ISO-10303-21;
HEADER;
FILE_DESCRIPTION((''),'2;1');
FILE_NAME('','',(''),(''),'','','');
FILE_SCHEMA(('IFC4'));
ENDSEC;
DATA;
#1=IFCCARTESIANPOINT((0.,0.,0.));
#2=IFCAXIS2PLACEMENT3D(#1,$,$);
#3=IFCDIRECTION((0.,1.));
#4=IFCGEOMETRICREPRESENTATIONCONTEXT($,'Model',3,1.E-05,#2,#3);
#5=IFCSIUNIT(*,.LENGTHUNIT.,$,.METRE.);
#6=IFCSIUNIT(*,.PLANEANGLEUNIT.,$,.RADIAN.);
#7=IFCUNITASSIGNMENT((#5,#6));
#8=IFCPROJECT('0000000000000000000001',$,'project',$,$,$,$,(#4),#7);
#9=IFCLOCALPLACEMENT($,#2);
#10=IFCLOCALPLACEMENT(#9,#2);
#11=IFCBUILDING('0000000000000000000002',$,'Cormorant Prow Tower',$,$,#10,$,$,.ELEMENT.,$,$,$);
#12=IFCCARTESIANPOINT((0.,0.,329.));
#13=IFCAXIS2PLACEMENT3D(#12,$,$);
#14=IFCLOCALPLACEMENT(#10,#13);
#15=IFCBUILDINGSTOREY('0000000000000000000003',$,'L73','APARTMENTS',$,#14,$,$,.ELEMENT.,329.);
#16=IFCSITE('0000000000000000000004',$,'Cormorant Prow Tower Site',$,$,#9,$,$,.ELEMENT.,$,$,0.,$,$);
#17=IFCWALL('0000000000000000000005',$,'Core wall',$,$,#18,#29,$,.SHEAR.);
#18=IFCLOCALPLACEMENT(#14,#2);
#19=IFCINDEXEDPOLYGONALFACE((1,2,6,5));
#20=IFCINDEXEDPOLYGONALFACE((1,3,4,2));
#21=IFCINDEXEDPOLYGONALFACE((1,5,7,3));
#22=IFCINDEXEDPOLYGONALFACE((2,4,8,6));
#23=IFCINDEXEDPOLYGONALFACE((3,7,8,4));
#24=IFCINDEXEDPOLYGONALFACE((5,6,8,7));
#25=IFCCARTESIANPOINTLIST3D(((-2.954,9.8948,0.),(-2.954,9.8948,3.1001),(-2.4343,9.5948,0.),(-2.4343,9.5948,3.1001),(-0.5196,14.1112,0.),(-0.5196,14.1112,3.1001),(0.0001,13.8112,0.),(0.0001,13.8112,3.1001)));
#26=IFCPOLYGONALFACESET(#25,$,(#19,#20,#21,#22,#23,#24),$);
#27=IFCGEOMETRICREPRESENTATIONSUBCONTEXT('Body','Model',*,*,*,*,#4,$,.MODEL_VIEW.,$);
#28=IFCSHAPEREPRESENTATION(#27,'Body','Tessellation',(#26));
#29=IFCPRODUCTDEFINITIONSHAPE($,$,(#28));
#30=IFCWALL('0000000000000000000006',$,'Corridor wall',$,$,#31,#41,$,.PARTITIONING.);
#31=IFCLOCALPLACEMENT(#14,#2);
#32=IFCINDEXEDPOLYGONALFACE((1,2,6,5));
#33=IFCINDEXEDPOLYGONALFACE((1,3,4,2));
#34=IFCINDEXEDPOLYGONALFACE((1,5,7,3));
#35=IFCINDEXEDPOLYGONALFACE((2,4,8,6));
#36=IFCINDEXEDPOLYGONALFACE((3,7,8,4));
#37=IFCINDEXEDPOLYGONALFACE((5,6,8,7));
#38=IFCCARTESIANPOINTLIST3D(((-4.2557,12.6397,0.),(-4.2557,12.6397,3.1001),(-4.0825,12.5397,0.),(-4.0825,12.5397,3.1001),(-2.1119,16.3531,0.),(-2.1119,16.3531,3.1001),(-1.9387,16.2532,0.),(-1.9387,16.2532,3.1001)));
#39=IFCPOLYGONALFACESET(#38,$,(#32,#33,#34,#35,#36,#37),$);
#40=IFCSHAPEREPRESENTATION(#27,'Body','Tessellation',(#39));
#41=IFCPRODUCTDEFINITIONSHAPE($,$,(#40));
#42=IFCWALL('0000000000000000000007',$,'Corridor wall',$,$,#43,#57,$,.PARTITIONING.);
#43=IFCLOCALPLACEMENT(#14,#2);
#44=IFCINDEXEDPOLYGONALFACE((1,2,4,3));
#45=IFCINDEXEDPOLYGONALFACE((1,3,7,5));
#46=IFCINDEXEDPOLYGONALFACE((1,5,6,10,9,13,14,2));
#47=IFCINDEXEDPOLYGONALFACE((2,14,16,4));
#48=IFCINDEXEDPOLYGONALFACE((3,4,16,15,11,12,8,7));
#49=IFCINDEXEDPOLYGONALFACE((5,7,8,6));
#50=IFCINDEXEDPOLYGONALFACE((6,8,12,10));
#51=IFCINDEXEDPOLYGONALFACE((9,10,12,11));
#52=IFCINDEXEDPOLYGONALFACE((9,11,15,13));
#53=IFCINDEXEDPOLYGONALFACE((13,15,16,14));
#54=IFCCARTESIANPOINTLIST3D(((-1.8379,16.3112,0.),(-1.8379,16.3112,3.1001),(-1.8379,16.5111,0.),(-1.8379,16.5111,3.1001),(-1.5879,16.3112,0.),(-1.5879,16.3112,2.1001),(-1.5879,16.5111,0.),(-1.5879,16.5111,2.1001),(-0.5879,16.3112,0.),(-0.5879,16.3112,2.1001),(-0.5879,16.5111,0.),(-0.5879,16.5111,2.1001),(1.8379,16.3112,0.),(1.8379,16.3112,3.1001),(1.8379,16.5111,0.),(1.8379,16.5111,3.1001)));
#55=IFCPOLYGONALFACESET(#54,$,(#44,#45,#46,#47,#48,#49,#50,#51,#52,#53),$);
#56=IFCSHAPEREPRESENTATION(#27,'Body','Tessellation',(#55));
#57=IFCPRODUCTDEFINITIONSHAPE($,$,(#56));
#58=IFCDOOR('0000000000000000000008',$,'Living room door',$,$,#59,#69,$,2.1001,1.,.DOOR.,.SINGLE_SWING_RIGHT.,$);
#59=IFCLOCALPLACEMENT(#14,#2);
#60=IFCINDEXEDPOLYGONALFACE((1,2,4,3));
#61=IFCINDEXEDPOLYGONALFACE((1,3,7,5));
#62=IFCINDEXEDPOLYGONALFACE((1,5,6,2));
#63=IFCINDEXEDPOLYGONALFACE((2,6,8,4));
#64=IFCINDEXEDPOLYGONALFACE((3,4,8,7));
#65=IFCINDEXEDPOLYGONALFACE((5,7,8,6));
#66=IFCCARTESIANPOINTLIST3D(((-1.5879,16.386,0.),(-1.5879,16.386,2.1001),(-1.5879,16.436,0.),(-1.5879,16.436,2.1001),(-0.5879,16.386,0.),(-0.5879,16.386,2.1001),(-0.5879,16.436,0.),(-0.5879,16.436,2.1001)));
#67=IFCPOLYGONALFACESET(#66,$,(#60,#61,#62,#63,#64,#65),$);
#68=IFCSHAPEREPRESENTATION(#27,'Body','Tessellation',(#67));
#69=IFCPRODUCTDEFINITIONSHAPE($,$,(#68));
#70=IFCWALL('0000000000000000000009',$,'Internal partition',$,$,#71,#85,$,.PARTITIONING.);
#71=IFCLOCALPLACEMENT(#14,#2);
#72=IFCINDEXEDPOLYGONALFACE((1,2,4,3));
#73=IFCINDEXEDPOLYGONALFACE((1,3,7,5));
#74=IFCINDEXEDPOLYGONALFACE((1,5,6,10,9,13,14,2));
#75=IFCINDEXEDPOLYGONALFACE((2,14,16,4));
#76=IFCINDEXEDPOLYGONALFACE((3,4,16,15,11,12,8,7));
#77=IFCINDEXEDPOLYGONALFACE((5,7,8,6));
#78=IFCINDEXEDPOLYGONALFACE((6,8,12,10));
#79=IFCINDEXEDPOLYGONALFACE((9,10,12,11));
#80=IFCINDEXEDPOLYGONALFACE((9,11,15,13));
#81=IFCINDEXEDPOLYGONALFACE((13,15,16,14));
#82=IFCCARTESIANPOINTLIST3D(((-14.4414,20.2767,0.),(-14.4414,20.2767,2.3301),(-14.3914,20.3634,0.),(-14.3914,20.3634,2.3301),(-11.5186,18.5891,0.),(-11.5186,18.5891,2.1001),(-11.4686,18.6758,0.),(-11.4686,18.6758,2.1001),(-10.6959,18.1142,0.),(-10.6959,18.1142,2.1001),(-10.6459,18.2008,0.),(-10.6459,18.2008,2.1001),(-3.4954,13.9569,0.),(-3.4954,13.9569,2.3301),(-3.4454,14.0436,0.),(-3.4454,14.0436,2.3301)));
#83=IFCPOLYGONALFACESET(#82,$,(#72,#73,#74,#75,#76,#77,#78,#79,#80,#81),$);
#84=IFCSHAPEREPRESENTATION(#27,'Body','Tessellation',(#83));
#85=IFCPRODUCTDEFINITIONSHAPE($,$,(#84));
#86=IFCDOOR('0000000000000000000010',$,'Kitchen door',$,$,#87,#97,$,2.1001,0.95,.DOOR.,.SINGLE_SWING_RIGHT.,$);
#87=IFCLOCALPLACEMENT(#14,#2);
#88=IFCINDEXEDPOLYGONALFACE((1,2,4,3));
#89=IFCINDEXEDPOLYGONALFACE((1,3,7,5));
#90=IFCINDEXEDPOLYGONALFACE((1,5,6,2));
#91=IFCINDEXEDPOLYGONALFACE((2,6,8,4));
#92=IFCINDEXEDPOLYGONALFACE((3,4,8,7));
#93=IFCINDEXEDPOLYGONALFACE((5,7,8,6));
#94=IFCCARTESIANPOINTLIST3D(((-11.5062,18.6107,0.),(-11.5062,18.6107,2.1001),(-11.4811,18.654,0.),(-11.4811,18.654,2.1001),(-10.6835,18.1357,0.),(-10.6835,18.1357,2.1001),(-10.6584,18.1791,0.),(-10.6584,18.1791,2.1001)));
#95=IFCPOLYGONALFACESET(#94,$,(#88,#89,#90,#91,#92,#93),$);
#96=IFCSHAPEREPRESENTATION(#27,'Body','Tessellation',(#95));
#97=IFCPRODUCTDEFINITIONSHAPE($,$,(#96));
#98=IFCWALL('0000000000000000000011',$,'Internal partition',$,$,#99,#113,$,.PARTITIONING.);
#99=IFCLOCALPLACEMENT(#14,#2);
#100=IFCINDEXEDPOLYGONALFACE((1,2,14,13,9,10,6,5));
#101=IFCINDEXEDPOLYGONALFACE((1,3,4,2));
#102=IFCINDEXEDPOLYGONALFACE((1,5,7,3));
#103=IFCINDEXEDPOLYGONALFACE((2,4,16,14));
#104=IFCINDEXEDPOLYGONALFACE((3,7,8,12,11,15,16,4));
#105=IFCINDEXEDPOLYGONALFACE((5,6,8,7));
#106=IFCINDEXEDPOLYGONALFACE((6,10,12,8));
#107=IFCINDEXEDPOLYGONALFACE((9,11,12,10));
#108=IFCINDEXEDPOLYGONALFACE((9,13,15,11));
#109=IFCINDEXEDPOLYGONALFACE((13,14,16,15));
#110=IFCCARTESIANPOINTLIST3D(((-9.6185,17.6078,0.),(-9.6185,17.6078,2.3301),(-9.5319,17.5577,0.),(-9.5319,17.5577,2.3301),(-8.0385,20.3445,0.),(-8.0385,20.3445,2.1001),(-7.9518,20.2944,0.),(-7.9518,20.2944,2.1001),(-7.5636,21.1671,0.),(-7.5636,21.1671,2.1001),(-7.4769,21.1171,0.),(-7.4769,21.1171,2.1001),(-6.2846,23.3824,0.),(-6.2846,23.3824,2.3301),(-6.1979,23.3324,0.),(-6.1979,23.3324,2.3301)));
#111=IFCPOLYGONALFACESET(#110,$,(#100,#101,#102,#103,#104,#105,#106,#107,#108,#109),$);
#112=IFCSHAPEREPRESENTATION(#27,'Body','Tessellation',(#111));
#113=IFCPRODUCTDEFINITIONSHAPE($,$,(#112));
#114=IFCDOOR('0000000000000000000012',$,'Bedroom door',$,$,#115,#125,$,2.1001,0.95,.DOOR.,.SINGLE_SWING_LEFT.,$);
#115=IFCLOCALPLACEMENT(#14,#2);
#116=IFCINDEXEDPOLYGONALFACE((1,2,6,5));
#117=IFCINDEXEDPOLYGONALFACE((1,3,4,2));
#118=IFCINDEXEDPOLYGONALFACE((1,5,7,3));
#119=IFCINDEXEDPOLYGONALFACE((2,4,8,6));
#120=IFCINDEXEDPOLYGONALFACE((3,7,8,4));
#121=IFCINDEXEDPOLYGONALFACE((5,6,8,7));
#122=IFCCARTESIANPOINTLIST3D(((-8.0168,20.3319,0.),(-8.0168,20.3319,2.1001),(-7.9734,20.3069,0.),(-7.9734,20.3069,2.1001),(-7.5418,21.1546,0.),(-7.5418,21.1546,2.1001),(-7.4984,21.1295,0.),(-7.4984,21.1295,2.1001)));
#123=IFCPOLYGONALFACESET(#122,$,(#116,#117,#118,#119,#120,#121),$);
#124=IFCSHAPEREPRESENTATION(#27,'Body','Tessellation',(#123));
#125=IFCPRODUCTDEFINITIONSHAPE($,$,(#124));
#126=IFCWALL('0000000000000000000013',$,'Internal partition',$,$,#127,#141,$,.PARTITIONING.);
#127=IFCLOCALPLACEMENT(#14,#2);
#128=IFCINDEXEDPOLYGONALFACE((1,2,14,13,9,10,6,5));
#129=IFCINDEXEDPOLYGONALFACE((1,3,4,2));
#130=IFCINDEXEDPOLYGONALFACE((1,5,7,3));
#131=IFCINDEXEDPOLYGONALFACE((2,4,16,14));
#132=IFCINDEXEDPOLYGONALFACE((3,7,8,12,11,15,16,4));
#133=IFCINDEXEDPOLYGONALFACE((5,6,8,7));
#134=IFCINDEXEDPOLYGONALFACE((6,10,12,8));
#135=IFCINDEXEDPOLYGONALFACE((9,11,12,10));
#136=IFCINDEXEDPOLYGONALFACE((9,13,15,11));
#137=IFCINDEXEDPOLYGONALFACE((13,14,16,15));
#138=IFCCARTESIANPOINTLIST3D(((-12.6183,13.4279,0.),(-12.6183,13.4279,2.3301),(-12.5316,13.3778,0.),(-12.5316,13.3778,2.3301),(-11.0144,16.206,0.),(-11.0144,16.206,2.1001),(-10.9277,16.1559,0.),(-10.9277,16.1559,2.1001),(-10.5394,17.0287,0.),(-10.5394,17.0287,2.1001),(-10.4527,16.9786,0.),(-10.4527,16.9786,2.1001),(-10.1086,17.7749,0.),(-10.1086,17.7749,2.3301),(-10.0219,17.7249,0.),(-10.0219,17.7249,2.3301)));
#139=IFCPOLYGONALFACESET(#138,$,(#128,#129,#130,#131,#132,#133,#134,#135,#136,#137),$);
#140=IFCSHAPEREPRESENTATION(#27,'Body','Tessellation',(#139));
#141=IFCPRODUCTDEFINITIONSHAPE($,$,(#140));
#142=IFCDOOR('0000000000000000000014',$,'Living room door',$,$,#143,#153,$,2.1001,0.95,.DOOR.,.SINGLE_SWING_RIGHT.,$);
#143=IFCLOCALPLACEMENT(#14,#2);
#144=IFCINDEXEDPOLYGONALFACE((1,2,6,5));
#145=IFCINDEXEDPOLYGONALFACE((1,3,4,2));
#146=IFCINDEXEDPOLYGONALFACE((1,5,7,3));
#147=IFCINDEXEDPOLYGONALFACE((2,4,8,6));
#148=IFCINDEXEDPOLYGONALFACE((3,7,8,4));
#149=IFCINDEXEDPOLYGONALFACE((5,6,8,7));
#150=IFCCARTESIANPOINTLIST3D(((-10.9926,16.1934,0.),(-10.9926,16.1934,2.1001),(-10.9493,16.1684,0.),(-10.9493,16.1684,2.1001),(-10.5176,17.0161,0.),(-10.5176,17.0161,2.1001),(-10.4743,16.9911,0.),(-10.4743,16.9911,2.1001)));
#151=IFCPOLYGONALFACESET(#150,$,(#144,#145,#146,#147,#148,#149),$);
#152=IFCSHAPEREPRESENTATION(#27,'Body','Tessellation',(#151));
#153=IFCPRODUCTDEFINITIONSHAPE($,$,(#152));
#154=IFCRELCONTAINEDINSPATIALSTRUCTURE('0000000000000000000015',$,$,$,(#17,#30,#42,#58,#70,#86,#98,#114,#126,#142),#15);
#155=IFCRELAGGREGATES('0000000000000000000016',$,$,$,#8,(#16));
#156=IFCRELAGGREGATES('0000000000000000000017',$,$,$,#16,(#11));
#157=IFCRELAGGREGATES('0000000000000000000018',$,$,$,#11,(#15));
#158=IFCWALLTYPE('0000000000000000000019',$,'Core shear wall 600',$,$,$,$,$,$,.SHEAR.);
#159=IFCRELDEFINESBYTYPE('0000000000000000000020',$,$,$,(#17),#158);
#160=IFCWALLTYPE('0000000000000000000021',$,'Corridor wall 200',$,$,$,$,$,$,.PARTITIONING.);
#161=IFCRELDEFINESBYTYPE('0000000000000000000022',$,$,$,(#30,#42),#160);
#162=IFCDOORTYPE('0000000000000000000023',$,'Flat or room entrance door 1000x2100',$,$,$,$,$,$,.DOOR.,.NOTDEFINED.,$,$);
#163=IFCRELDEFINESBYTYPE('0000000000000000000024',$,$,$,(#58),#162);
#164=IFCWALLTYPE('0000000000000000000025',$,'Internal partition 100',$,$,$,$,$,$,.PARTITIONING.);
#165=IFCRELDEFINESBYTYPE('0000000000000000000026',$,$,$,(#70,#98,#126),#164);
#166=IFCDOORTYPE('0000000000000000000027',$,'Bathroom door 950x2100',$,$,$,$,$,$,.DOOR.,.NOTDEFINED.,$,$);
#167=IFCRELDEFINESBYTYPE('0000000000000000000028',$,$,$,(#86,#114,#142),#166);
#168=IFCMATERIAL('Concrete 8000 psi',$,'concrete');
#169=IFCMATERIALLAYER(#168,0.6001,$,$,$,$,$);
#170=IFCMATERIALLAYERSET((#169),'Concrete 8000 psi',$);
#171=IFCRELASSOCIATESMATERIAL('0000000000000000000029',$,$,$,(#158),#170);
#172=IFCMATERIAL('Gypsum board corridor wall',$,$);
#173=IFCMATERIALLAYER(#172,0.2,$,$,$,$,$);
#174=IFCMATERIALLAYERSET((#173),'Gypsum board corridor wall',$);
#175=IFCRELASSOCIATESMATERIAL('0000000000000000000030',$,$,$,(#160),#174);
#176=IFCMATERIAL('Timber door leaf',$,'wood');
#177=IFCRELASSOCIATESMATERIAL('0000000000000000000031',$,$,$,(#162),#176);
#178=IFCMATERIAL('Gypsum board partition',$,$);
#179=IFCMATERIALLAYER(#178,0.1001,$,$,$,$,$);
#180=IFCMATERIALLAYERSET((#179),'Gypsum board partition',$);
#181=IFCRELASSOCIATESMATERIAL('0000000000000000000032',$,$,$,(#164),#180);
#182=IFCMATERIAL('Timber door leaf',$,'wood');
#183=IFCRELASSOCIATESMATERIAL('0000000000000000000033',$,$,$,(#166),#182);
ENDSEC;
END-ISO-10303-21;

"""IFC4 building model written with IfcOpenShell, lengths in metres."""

from ifc_helpers import new_model, si_unit, direction, frame, frame_2d, origin, place, context, subcontext, project, spatial, rectangle, extrude, material, layer, layer_set, type_object, element, fill, save


model = new_model("IFC4")

# Units and contexts
model_context = context("Model", 3, precision=1e-05, world=origin(), true_north=direction((0.0, 1.0)))
body_context = subcontext(model_context, "Body", "Model", "MODEL_VIEW")
ifc_project = project(units=[si_unit("LENGTHUNIT", "METRE"), si_unit("PLANEANGLEUNIT", "RADIAN")], contexts=[model_context])

# Site, building, storey
site_placement = place(None, origin())
site = spatial("IfcSite", under=ifc_project, at=site_placement, Name="Cormorant Prow Tower Site", CompositionType="ELEMENT", RefElevation=0.0)
building_placement = place(site_placement, origin())
building = spatial("IfcBuilding", under=site, at=building_placement, Name="Cormorant Prow Tower", CompositionType="ELEMENT")
storey_placement = place(building_placement, frame((0.0, 0.0, 329.0)))
storey = spatial("IfcBuildingStorey", under=building, at=storey_placement, Name="L73", Description="APARTMENTS", CompositionType="ELEMENT", Elevation=329.0)

# Walls
ifc_material_1 = material(Name="Concrete 8000 psi", Category="concrete")
ifc_layer_1 = layer(ifc_material_1, 0.6001)
ifc_layer_set_1 = layer_set([ifc_layer_1], Name="Concrete 8000 psi")
wall_type_1 = type_object("IfcWallType", Name="Core shear wall 600", PredefinedType="SHEAR", material=ifc_layer_set_1)
wall_1_placement = place(storey_placement, frame((-0.2598, 13.9612, 0.0), z_axis=(0.0, 0.0, 1.0), x_axis=(-0.500006, -0.866022, 0.0)))
element("IfcWall", 1, at=wall_1_placement, inside=storey, type_object=wall_type_1, Name="Core wall", PredefinedType="SHEAR", context=body_context, shape_type="SweptSolid", body=[
    extrude(rectangle(XDim=4.8687, YDim=0.6001, at=frame_2d((2.4343, 0.0))), origin(), (0.0, 0.0, 1.0), 3.1001),
])
ifc_material_2 = material(Name="Gypsum board corridor wall")
ifc_layer_2 = layer(ifc_material_2, 0.2)
ifc_layer_set_2 = layer_set([ifc_layer_2], Name="Gypsum board corridor wall")
wall_type_2 = type_object("IfcWallType", Name="Corridor wall 200", PredefinedType="PARTITIONING", material=ifc_layer_set_2)
wall_2_placement = place(storey_placement, frame((-4.1692, 12.5896, 0.0), z_axis=(0.0, 0.0, 1.0), x_axis=(0.499979, 0.866038, 0.0)))
element("IfcWall", 2, at=wall_2_placement, inside=storey, type_object=wall_type_2, Name="Corridor wall", PredefinedType="PARTITIONING", context=body_context, shape_type="SweptSolid", body=[
    extrude(rectangle(XDim=4.2878, YDim=0.2, at=frame_2d((2.144, 0.0))), origin(), (0.0, 0.0, 1.0), 3.1001),
])

# Walls, openings, doors
wall_3_placement = place(storey_placement, frame((-1.8379, 16.4111, 0.0), z_axis=(0.0, 0.0, 1.0), x_axis=(1.0, 0.0, 0.0)))
wall_3 = element("IfcWall", 3, at=wall_3_placement, inside=storey, type_object=wall_type_2, Name="Corridor wall", PredefinedType="PARTITIONING", context=body_context, shape_type="SweptSolid", body=[
    extrude(rectangle(XDim=3.6758, YDim=0.2, at=frame_2d((1.8379, 0.0))), origin(), (0.0, 0.0, 1.0), 3.1001),
])
opening_1_placement = place(wall_3_placement, frame((0.25, 0.0, 0.0)))
opening_1 = element("IfcOpeningElement", 4, at=opening_1_placement, cuts=wall_3, PredefinedType="OPENING", context=body_context, shape_type="SweptSolid", body=[
    extrude(rectangle(XDim=1.0, YDim=2.1001, at=frame_2d((0.5, 1.05))), frame((0.0, 0.1099, 0.0), z_axis=(0.0, -1.0, 0.0), x_axis=(1.0, 0.0, 0.0)), (0.0, 0.0, 1.0), 0.22),
])
ifc_material_3 = material(Name="Timber door leaf", Category="wood")
door_type_1 = type_object("IfcDoorType", Name="Flat or room entrance door 1000x2100", OperationType="NOTDEFINED", PredefinedType="DOOR", material=ifc_material_3)
door_1_placement = place(opening_1_placement, origin())
door_1 = element("IfcDoor", 5, at=door_1_placement, inside=storey, type_object=door_type_1, Name="Living room door", OperationType="SINGLE_SWING_RIGHT", OverallHeight=2.1001, OverallWidth=1.0, PredefinedType="DOOR", context=body_context, shape_type="SweptSolid", body=[
    extrude(rectangle(XDim=1.0, YDim=2.1001, at=frame_2d((0.5, 1.05))), frame((0.0, 0.0249, 0.0), z_axis=(0.0, -1.0, 0.0), x_axis=(1.0, 0.0, 0.0)), (0.0, 0.0, 1.0), 0.05),
])
fill(opening_1, door_1)
ifc_material_4 = material(Name="Gypsum board partition")
ifc_layer_3 = layer(ifc_material_4, 0.1001)
ifc_layer_set_3 = layer_set([ifc_layer_3], Name="Gypsum board partition")
wall_type_3 = type_object("IfcWallType", Name="Internal partition 100", PredefinedType="PARTITIONING", material=ifc_layer_set_3)
wall_4_placement = place(storey_placement, frame((-14.4165, 20.3201, 0.0), z_axis=(0.0, 0.0, 1.0), x_axis=(0.866021, -0.500007, 0.0)))
wall_4 = element("IfcWall", 6, at=wall_4_placement, inside=storey, type_object=wall_type_3, Name="Internal partition", PredefinedType="PARTITIONING", context=body_context, shape_type="SweptSolid", body=[
    extrude(rectangle(XDim=12.6394, YDim=0.1001, at=frame_2d((6.3198, 0.0))), origin(), (0.0, 0.0, 1.0), 2.3301),
])
opening_2_placement = place(wall_4_placement, frame((3.375, 0.0, 0.0)))
opening_2 = element("IfcOpeningElement", 7, at=opening_2_placement, cuts=wall_4, PredefinedType="OPENING", context=body_context, shape_type="SweptSolid", body=[
    extrude(rectangle(XDim=0.95, YDim=2.1001, at=frame_2d((0.4751, 1.05))), frame((0.0, 0.0601, 0.0), z_axis=(0.0, -1.0, 0.0), x_axis=(1.0, 0.0, 0.0)), (0.0, 0.0, 1.0), 0.1201),
])
ifc_material_5 = material(Name="Timber door leaf", Category="wood")
door_type_2 = type_object("IfcDoorType", Name="Bathroom door 950x2100", OperationType="NOTDEFINED", PredefinedType="DOOR", material=ifc_material_5)
door_2_placement = place(opening_2_placement, origin())
door_2 = element("IfcDoor", 8, at=door_2_placement, inside=storey, type_object=door_type_2, Name="Kitchen door", OperationType="SINGLE_SWING_RIGHT", OverallHeight=2.1001, OverallWidth=0.95, PredefinedType="DOOR", context=body_context, shape_type="SweptSolid", body=[
    extrude(rectangle(XDim=0.95, YDim=2.1001, at=frame_2d((0.4751, 1.05))), frame((0.0, 0.0249, 0.0), z_axis=(0.0, -1.0, 0.0), x_axis=(1.0, 0.0, 0.0)), (0.0, 0.0, 1.0), 0.05),
])
fill(opening_2, door_2)
wall_5_placement = place(storey_placement, frame((-9.5752, 17.5828, 0.0), z_axis=(0.0, 0.0, 1.0), x_axis=(0.499998, 0.866026, 0.0)))
wall_5 = element("IfcWall", 9, at=wall_5_placement, inside=storey, type_object=wall_type_3, Name="Internal partition", PredefinedType="PARTITIONING", context=body_context, shape_type="SweptSolid", body=[
    extrude(rectangle(XDim=6.668, YDim=0.1001, at=frame_2d((3.334, 0.0))), origin(), (0.0, 0.0, 1.0), 2.3301),
])
opening_3_placement = place(wall_5_placement, frame((3.1599, 0.0, 0.0)))
opening_3 = element("IfcOpeningElement", 10, at=opening_3_placement, cuts=wall_5, PredefinedType="OPENING", context=body_context, shape_type="SweptSolid", body=[
    extrude(rectangle(XDim=0.95, YDim=2.1001, at=frame_2d((0.4751, 1.05))), frame((0.0, 0.0601, 0.0), z_axis=(0.0, -1.0, 0.0), x_axis=(1.0, 0.0, 0.0)), (0.0, 0.0, 1.0), 0.1201),
])
door_3_placement = place(opening_3_placement, origin())
door_3 = element("IfcDoor", 11, at=door_3_placement, inside=storey, type_object=door_type_2, Name="Bedroom door", OperationType="SINGLE_SWING_LEFT", OverallHeight=2.1001, OverallWidth=0.95, PredefinedType="DOOR", context=body_context, shape_type="SweptSolid", body=[
    extrude(rectangle(XDim=0.95, YDim=2.1001, at=frame_2d((0.4751, 1.05))), frame((0.0, 0.0249, 0.0), z_axis=(0.0, -1.0, 0.0), x_axis=(1.0, 0.0, 0.0)), (0.0, 0.0, 1.0), 0.05),
])
fill(opening_3, door_3)
wall_6_placement = place(storey_placement, frame((-12.575, 13.4028, 0.0), z_axis=(0.0, 0.0, 1.0), x_axis=(0.499989, 0.866032, 0.0)))
wall_6 = element("IfcWall", 12, at=wall_6_placement, inside=storey, type_object=wall_type_3, Name="Internal partition", PredefinedType="PARTITIONING", context=body_context, shape_type="SweptSolid", body=[
    extrude(rectangle(XDim=5.0195, YDim=0.1001, at=frame_2d((2.5098, 0.0))), origin(), (0.0, 0.0, 1.0), 2.3301),
])
opening_4_placement = place(wall_6_placement, frame((3.2078, 0.0, 0.0)))
opening_4 = element("IfcOpeningElement", 13, at=opening_4_placement, cuts=wall_6, PredefinedType="OPENING", context=body_context, shape_type="SweptSolid", body=[
    extrude(rectangle(XDim=0.95, YDim=2.1001, at=frame_2d((0.4751, 1.05))), frame((0.0, 0.0601, 0.0), z_axis=(0.0, -1.0, 0.0), x_axis=(1.0, 0.0, 0.0)), (0.0, 0.0, 1.0), 0.1201),
])
door_4_placement = place(opening_4_placement, origin())
door_4 = element("IfcDoor", 14, at=door_4_placement, inside=storey, type_object=door_type_2, Name="Living room door", OperationType="SINGLE_SWING_RIGHT", OverallHeight=2.1001, OverallWidth=0.95, PredefinedType="DOOR", context=body_context, shape_type="SweptSolid", body=[
    extrude(rectangle(XDim=0.95, YDim=2.1001, at=frame_2d((0.4751, 1.05))), frame((0.0, 0.0249, 0.0), z_axis=(0.0, -1.0, 0.0), x_axis=(1.0, 0.0, 0.0)), (0.0, 0.0, 1.0), 0.05),
])
fill(opening_4, door_4)

save(model, "model.ifc")
